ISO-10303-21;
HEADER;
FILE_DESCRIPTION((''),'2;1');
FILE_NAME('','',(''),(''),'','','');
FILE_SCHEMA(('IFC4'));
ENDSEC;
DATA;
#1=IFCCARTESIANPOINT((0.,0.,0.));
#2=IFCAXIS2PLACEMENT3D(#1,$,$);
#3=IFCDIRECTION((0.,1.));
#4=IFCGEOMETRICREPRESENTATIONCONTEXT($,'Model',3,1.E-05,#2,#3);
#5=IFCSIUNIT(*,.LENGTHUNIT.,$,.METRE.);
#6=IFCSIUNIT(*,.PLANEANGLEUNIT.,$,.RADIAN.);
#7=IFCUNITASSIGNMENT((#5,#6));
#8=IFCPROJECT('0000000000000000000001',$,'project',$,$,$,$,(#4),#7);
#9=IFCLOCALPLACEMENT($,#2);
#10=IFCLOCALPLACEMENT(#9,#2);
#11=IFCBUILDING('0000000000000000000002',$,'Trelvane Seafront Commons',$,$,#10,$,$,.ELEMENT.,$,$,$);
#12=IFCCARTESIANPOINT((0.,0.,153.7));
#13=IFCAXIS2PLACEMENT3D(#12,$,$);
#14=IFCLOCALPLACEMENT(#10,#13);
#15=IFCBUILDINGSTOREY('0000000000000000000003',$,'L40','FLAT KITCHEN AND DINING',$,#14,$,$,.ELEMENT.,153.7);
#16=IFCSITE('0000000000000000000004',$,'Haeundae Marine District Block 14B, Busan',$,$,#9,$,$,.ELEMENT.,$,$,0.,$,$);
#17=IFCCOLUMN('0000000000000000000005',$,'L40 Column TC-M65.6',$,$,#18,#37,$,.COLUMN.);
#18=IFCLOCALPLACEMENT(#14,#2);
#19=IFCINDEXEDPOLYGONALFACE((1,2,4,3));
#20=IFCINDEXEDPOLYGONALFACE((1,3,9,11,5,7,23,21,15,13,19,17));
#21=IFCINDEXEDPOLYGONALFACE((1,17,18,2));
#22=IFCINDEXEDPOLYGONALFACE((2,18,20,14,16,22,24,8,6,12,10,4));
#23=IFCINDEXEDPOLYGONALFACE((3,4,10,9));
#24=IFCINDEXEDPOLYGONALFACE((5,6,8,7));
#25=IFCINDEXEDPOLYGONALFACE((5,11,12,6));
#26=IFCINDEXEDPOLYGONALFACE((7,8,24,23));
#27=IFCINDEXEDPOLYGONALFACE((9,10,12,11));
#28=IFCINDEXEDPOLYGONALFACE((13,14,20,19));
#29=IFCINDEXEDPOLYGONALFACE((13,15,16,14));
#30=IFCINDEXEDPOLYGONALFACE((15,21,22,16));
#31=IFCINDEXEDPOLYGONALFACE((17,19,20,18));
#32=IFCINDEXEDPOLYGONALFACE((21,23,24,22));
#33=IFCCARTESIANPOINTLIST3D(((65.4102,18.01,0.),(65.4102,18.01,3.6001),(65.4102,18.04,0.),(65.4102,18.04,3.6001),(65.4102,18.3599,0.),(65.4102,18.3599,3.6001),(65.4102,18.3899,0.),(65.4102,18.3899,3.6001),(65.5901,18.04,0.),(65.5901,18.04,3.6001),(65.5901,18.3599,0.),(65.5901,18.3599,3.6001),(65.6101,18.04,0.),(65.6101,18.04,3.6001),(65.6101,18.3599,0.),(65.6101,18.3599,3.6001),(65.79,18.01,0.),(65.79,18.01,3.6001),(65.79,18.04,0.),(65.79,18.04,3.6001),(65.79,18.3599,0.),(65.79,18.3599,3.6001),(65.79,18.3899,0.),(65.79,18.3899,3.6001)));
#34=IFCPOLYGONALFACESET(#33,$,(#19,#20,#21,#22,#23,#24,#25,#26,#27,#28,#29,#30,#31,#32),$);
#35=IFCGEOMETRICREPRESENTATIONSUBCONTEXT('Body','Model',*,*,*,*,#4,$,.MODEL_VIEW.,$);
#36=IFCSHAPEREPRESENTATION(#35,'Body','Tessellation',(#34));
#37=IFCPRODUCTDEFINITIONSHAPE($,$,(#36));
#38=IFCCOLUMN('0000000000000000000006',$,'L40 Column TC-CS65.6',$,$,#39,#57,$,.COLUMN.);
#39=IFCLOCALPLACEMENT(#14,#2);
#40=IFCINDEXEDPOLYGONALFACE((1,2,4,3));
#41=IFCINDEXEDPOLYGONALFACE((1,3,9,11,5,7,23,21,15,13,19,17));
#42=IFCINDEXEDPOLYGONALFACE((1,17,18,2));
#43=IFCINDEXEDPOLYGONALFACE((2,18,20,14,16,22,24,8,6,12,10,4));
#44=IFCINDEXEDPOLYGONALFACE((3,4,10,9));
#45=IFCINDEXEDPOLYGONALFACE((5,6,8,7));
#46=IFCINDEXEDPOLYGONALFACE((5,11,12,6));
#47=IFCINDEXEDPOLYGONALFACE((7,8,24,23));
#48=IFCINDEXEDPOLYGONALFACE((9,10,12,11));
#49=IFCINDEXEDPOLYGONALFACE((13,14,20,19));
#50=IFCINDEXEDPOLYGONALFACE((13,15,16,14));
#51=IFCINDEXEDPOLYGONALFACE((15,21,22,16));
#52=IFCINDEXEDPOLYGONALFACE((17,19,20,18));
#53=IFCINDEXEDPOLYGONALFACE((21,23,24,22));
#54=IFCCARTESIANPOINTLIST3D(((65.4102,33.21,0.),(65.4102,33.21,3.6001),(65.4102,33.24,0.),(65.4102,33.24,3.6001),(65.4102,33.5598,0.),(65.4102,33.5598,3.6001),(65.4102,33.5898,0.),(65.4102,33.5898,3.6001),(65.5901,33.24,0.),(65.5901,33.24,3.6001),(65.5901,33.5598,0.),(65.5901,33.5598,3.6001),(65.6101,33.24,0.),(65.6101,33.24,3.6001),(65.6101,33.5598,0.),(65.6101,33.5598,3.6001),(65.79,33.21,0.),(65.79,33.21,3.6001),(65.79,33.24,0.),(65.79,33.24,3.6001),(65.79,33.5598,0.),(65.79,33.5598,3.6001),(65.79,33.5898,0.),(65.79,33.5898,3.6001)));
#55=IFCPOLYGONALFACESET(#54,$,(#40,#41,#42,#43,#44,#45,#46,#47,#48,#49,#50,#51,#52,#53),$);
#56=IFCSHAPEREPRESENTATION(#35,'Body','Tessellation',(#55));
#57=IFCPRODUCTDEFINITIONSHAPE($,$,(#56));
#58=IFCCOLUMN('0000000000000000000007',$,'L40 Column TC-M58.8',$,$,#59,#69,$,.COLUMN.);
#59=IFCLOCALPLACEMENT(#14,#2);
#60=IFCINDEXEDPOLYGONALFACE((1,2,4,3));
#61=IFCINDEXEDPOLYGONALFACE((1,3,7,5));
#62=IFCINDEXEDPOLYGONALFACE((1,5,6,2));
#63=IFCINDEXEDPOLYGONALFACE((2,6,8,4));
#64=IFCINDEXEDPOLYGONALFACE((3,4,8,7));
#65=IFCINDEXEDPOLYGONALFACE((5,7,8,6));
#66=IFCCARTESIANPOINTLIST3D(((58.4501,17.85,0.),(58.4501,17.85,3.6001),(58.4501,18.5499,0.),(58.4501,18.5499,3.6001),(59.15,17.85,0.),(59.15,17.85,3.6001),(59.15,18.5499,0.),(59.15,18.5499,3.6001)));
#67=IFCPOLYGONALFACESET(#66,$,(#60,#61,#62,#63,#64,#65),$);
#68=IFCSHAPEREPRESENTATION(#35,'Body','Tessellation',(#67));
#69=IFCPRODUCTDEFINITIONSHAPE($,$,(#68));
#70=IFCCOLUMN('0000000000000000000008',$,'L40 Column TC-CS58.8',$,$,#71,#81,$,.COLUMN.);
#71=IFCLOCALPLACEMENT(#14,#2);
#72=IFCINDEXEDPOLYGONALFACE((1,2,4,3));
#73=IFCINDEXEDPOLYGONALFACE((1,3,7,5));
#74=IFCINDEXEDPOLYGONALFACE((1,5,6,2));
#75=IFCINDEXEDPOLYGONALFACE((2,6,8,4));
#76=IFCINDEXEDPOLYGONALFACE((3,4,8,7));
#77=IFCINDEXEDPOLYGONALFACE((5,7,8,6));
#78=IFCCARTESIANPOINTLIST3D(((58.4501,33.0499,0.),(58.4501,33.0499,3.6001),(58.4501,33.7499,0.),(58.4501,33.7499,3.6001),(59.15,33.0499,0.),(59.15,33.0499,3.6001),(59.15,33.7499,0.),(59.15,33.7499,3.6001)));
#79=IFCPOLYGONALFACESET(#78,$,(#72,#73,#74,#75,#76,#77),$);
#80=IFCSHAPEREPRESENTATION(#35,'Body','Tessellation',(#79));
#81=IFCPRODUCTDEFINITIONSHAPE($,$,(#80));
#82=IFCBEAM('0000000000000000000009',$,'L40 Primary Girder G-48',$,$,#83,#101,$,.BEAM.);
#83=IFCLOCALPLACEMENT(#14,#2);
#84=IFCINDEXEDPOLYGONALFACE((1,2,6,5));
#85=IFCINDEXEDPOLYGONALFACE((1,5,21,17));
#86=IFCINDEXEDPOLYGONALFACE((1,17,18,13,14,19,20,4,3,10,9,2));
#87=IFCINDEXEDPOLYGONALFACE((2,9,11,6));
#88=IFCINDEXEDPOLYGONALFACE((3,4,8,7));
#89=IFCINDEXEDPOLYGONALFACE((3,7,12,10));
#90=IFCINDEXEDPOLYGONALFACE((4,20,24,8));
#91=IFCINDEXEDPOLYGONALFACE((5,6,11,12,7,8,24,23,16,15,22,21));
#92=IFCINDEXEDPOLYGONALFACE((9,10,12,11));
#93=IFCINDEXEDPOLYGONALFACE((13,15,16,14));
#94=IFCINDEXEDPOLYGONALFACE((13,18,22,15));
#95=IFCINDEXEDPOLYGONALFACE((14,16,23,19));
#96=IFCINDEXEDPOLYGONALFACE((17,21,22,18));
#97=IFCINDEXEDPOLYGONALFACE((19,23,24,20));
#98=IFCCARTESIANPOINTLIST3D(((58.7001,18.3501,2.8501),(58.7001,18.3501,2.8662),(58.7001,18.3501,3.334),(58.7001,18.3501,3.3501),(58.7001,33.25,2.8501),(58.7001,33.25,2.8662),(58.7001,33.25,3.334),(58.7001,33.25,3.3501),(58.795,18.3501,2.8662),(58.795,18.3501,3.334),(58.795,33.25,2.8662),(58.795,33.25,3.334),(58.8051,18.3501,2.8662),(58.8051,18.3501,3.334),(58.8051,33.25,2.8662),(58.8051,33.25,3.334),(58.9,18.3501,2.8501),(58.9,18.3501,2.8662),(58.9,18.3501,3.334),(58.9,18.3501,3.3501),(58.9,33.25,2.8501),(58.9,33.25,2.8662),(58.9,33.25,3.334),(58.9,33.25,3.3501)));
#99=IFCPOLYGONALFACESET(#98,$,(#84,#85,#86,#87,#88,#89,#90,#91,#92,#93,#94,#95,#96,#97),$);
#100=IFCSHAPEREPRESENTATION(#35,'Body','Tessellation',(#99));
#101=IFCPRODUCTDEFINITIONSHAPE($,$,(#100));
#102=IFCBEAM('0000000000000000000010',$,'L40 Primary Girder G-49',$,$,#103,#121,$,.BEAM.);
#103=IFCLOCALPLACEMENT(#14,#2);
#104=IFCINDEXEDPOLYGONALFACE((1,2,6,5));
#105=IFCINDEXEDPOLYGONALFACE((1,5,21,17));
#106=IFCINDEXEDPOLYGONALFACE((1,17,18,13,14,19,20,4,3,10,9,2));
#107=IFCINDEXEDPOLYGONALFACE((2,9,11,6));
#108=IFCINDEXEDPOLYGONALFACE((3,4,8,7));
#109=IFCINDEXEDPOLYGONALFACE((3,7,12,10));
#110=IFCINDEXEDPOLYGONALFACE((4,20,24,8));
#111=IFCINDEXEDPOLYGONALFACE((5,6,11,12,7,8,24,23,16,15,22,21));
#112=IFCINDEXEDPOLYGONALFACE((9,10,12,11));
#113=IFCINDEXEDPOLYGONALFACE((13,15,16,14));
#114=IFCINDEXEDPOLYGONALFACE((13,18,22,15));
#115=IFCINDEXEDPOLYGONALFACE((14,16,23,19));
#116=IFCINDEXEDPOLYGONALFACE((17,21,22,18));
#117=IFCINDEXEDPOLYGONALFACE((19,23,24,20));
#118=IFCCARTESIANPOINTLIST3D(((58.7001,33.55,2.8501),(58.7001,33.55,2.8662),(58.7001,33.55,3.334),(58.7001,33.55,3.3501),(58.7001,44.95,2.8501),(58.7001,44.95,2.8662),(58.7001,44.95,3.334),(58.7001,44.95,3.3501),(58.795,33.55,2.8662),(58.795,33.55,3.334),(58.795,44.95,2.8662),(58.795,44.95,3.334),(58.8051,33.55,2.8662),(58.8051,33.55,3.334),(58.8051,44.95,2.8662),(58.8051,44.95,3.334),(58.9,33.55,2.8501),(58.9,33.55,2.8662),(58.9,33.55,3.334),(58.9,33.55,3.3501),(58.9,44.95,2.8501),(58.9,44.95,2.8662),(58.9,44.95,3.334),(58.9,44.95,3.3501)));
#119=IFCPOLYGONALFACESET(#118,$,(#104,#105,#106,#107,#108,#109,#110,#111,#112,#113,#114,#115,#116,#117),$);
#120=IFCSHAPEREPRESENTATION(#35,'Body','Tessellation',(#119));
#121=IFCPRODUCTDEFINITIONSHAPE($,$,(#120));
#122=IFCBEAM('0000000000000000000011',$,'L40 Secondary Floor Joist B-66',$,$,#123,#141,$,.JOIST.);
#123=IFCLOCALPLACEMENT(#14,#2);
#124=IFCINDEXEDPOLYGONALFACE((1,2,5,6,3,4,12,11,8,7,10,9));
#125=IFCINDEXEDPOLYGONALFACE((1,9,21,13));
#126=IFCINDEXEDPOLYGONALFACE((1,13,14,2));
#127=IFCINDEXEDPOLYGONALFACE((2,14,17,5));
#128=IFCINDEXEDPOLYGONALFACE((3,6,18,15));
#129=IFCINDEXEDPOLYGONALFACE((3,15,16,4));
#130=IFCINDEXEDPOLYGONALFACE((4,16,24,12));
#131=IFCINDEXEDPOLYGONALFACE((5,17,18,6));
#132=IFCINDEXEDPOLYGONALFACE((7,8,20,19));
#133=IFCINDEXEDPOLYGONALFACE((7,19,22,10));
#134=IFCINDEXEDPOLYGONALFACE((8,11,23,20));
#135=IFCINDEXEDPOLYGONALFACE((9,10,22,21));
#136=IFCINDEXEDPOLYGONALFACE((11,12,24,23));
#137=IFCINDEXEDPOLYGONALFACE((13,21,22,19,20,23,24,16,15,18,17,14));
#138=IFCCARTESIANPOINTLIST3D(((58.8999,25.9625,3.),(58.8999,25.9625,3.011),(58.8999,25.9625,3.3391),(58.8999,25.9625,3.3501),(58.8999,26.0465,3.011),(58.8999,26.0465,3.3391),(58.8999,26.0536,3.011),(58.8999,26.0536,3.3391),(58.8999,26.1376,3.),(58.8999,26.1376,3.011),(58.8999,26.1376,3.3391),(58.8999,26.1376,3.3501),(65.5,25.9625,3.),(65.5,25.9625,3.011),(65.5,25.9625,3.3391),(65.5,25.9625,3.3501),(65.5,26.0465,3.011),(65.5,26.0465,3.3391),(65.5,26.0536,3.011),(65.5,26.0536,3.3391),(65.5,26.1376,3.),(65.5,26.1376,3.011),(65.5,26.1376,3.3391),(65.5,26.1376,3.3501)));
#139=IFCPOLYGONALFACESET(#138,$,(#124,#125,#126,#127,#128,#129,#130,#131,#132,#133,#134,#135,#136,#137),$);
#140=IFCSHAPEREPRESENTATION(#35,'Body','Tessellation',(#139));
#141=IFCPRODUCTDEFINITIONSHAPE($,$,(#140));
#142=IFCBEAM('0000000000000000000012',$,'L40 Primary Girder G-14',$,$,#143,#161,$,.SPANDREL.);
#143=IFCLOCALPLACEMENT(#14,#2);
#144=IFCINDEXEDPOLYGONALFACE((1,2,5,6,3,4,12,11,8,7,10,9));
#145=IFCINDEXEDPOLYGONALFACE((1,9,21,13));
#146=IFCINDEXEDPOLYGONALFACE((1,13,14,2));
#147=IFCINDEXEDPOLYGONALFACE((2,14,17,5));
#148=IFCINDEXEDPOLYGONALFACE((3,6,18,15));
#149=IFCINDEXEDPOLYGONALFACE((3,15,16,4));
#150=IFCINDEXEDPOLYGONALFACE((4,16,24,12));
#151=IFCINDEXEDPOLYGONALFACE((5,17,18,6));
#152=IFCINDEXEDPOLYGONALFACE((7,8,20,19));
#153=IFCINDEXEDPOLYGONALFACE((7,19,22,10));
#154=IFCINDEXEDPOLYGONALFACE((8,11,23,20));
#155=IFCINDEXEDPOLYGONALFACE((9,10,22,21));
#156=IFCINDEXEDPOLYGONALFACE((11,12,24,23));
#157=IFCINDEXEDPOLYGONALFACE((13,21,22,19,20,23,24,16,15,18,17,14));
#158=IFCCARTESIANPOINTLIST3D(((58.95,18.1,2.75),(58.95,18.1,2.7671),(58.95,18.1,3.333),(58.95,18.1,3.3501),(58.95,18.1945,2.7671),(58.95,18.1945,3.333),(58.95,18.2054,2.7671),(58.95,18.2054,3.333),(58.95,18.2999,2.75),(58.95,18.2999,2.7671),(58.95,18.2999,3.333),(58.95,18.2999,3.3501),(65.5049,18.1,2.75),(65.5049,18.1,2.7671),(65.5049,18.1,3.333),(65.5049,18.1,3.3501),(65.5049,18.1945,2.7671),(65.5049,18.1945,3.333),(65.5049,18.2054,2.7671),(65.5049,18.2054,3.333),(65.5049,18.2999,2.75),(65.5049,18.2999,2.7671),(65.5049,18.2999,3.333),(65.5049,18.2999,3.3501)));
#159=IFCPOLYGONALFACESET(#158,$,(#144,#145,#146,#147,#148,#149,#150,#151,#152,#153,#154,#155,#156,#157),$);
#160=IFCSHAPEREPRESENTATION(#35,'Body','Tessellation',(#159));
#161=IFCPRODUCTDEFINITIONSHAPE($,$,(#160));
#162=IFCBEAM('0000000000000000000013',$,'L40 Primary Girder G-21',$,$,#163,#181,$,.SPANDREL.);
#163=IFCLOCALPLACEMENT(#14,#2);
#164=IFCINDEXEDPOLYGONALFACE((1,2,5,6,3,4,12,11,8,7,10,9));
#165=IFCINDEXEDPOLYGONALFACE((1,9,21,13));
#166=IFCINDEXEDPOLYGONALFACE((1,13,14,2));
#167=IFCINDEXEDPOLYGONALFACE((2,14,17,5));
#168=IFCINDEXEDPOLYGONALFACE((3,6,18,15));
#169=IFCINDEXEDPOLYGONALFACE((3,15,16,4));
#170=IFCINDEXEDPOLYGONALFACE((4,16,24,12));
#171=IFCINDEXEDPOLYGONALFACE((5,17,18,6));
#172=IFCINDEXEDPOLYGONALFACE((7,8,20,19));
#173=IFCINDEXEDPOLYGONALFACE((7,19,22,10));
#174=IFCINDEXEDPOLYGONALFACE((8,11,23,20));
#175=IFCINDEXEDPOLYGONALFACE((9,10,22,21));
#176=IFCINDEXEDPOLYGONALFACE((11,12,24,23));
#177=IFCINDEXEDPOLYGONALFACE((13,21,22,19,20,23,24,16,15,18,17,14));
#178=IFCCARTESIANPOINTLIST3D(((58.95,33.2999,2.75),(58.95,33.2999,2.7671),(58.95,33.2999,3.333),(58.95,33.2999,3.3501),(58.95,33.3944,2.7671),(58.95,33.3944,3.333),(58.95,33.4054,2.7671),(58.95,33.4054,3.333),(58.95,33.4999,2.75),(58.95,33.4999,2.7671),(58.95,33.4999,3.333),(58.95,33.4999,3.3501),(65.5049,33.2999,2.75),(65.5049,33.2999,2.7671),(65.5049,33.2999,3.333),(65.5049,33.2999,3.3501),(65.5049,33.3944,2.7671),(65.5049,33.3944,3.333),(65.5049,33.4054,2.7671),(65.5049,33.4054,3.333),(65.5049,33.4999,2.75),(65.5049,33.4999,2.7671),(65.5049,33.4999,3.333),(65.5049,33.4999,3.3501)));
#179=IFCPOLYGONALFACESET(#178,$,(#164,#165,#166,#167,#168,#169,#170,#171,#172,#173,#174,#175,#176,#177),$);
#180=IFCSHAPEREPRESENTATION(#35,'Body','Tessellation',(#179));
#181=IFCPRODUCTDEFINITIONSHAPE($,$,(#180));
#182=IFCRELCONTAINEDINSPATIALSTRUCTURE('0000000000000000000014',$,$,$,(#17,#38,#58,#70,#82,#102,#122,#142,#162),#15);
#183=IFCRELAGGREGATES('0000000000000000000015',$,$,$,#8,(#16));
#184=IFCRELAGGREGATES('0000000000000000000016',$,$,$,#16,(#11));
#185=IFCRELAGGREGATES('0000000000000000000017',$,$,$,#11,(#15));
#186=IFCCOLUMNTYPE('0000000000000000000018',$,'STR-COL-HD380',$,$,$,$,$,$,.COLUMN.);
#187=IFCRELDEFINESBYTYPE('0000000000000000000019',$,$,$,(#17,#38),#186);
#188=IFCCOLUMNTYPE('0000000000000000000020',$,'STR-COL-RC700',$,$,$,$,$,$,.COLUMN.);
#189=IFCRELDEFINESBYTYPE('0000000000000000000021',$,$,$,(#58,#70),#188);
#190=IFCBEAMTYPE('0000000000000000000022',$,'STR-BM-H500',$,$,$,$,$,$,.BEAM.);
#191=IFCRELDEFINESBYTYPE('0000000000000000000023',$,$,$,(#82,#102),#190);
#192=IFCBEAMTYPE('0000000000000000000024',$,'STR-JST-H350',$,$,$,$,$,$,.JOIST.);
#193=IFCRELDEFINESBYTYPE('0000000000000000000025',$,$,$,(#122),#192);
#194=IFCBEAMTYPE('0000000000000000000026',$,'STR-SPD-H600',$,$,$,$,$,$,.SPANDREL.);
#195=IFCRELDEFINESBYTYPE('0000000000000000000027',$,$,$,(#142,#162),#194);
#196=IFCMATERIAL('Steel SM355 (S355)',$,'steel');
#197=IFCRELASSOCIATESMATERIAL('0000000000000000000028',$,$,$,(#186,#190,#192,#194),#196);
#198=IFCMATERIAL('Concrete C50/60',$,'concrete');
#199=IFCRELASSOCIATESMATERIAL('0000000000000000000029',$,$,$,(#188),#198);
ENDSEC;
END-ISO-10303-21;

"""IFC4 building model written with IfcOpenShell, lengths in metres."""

from ifc_helpers import new_model, si_unit, direction, frame, origin, origin_2d, place, context, subcontext, project, spatial, rectangle, i_section, extrude, source, transform, mapped, material, material_profile, profile_set, type_object, element, save


model = new_model("IFC4")

# Units and contexts
model_context = context("Model", 3, precision=1e-05, world=origin(), true_north=direction((0.0, 1.0)))
body_context = subcontext(model_context, "Body", "Model", "MODEL_VIEW")
ifc_project = project(units=[si_unit("LENGTHUNIT", "METRE"), si_unit("PLANEANGLEUNIT", "RADIAN")], contexts=[model_context])

# Site, building, storey
site_placement = place(None, origin())
site = spatial("IfcSite", under=ifc_project, at=site_placement, Name="Haeundae Marine District Block 14B, Busan", CompositionType="ELEMENT", RefElevation=0.0)
building_placement = place(site_placement, origin())
building = spatial("IfcBuilding", under=site, at=building_placement, Name="Trelvane Seafront Commons", CompositionType="ELEMENT")
storey_placement = place(building_placement, frame((0.0, 0.0, 153.7)))
storey = spatial("IfcBuildingStorey", under=building, at=storey_placement, Name="L40", Description="FLAT KITCHEN AND DINING", CompositionType="ELEMENT", Elevation=153.7)

# Columns
ifc_material_1 = material(Name="Steel SM355 (S355)", Category="steel")
ifc_material_profile_1 = material_profile(ifc_material_1, i_section(OverallWidth=0.3799, OverallDepth=0.3799, WebThickness=0.02, FlangeThickness=0.03, at=origin_2d()), Name="HD-380x380x20x30")
ifc_profile_set_1 = profile_set([ifc_material_profile_1], Name="Steel SM355 (S355)")
column_type_1 = type_object("IfcColumnType", Name="STR-COL-HD380", PredefinedType="COLUMN", material=ifc_profile_set_1)
shared_shape_1 = source(origin(), body_context, "Body", "SweptSolid", [
    extrude(i_section(OverallWidth=0.3799, OverallDepth=0.3799, WebThickness=0.02, FlangeThickness=0.03, at=origin_2d()), origin(), (0.0, 0.0, 1.0), 3.6001),
])
for number, where, z_axis, x_axis, name in (
    (1, (65.6001, 18.2, 0.0), (0.0, 0.0, 1.0), (1.0, 0.0, 0.0), "L40 Column TC-M65.6"),
    (2, (65.6001, 33.3999, 0.0), (0.0, 0.0, 1.0), (1.0, 0.0, 0.0), "L40 Column TC-CS65.6"),
):
    element("IfcColumn", number, at=place(storey_placement, frame(where, z_axis=z_axis, x_axis=x_axis)), inside=storey, type_object=column_type_1, Name=name, PredefinedType="COLUMN", context=body_context, shape_type="MappedRepresentation", body=[
        mapped(shared_shape_1, transform((0.0, 0.0, 0.0), x_axis=(1.0, 0.0, 0.0), y_axis=(0.0, 1.0, 0.0), z_axis=(0.0, 0.0, 1.0), scale=1.0)),
    ])
ifc_material_2 = material(Name="Concrete C50/60", Category="concrete")
ifc_material_profile_2 = material_profile(ifc_material_2, rectangle(XDim=0.7, YDim=0.7, at=origin_2d()), Name="RC-700x700")
ifc_profile_set_2 = profile_set([ifc_material_profile_2], Name="Concrete C50/60")
column_type_2 = type_object("IfcColumnType", Name="STR-COL-RC700", PredefinedType="COLUMN", material=ifc_profile_set_2)
shared_shape_2 = source(origin(), body_context, "Body", "SweptSolid", [
    extrude(rectangle(XDim=0.7, YDim=0.7, at=origin_2d()), origin(), (0.0, 0.0, 1.0), 3.6001),
])
for number, where, z_axis, x_axis, name in (
    (3, (58.8, 18.2, 0.0), (0.0, 0.0, 1.0), (1.0, 0.0, 0.0), "L40 Column TC-M58.8"),
    (4, (58.8, 33.3999, 0.0), (0.0, 0.0, 1.0), (1.0, 0.0, 0.0), "L40 Column TC-CS58.8"),
):
    element("IfcColumn", number, at=place(storey_placement, frame(where, z_axis=z_axis, x_axis=x_axis)), inside=storey, type_object=column_type_2, Name=name, PredefinedType="COLUMN", context=body_context, shape_type="MappedRepresentation", body=[
        mapped(shared_shape_2, transform((0.0, 0.0, 0.0), x_axis=(1.0, 0.0, 0.0), y_axis=(0.0, 1.0, 0.0), z_axis=(0.0, 0.0, 1.0), scale=1.0)),
    ])

# Beams
ifc_material_profile_3 = material_profile(ifc_material_1, i_section(OverallWidth=0.2, OverallDepth=0.5, WebThickness=0.01, FlangeThickness=0.0161, at=origin_2d()), Name="H-500x200x10x16")
ifc_profile_set_3 = profile_set([ifc_material_profile_3], Name="Steel SM355 (S355)")
beam_type_1 = type_object("IfcBeamType", Name="STR-BM-H500", PredefinedType="BEAM", material=ifc_profile_set_3)
shared_shape_3 = source(origin(), body_context, "Body", "SweptSolid", [
    extrude(i_section(OverallWidth=0.2, OverallDepth=0.5, WebThickness=0.01, FlangeThickness=0.0161, at=origin_2d()), origin(), (0.0, 0.0, 1.0), 14.8999),
])
beam_1_placement = place(storey_placement, frame((58.8, 18.3501, 3.1001), z_axis=(0.0, 1.0, 0.0), x_axis=(-1.0, 0.0, 0.0)))
element("IfcBeam", 5, at=beam_1_placement, inside=storey, type_object=beam_type_1, Name="L40 Primary Girder G-48", PredefinedType="BEAM", context=body_context, shape_type="MappedRepresentation", body=[
    mapped(shared_shape_3, transform((0.0, 0.0, 0.0), x_axis=(1.0, 0.0, 0.0), y_axis=(0.0, 1.0, 0.0), z_axis=(0.0, 0.0, 1.0), scale=1.0)),
])
shared_shape_4 = source(origin(), body_context, "Body", "SweptSolid", [
    extrude(i_section(OverallWidth=0.2, OverallDepth=0.5, WebThickness=0.01, FlangeThickness=0.0161, at=origin_2d()), origin(), (0.0, 0.0, 1.0), 11.3999),
])
beam_2_placement = place(storey_placement, frame((58.8, 33.55, 3.1001), z_axis=(0.0, 1.0, 0.0), x_axis=(-1.0, 0.0, 0.0)))
element("IfcBeam", 6, at=beam_2_placement, inside=storey, type_object=beam_type_1, Name="L40 Primary Girder G-49", PredefinedType="BEAM", context=body_context, shape_type="MappedRepresentation", body=[
    mapped(shared_shape_4, transform((0.0, 0.0, 0.0), x_axis=(1.0, 0.0, 0.0), y_axis=(0.0, 1.0, 0.0), z_axis=(0.0, 0.0, 1.0), scale=1.0)),
])
ifc_material_profile_4 = material_profile(ifc_material_1, i_section(OverallWidth=0.175, OverallDepth=0.3501, WebThickness=0.0071, FlangeThickness=0.011, at=origin_2d()), Name="H-350x175x7x11")
ifc_profile_set_4 = profile_set([ifc_material_profile_4], Name="Steel SM355 (S355)")
beam_type_2 = type_object("IfcBeamType", Name="STR-JST-H350", PredefinedType="JOIST", material=ifc_profile_set_4)
shared_shape_5 = source(origin(), body_context, "Body", "SweptSolid", [
    extrude(i_section(OverallWidth=0.175, OverallDepth=0.3501, WebThickness=0.0071, FlangeThickness=0.011, at=origin_2d()), origin(), (0.0, 0.0, 1.0), 6.6001),
])
beam_3_placement = place(storey_placement, frame((58.8999, 26.05, 3.175), z_axis=(1.0, 0.0, 0.0), x_axis=(0.0, 1.0, 0.0)))
element("IfcBeam", 7, at=beam_3_placement, inside=storey, type_object=beam_type_2, Name="L40 Secondary Floor Joist B-66", PredefinedType="JOIST", context=body_context, shape_type="MappedRepresentation", body=[
    mapped(shared_shape_5, transform((0.0, 0.0, 0.0), x_axis=(1.0, 0.0, 0.0), y_axis=(0.0, 1.0, 0.0), z_axis=(0.0, 0.0, 1.0), scale=1.0)),
])
ifc_material_profile_5 = material_profile(ifc_material_1, i_section(OverallWidth=0.2, OverallDepth=0.6001, WebThickness=0.011, FlangeThickness=0.0171, at=origin_2d()), Name="H-600x200x11x17")
ifc_profile_set_5 = profile_set([ifc_material_profile_5], Name="Steel SM355 (S355)")
beam_type_3 = type_object("IfcBeamType", Name="STR-SPD-H600", PredefinedType="SPANDREL", material=ifc_profile_set_5)
shared_shape_6 = source(origin(), body_context, "Body", "SweptSolid", [
    extrude(i_section(OverallWidth=0.2, OverallDepth=0.6001, WebThickness=0.011, FlangeThickness=0.0171, at=origin_2d()), origin(), (0.0, 0.0, 1.0), 6.5549),
])
for number, where, z_axis, x_axis, name in (
    (8, (58.95, 18.2, 3.05), (1.0, 0.0, 0.0), (0.0, 1.0, 0.0), "L40 Primary Girder G-14"),
    (9, (58.95, 33.3999, 3.05), (1.0, 0.0, 0.0), (0.0, 1.0, 0.0), "L40 Primary Girder G-21"),
):
    element("IfcBeam", number, at=place(storey_placement, frame(where, z_axis=z_axis, x_axis=x_axis)), inside=storey, type_object=beam_type_3, Name=name, PredefinedType="SPANDREL", context=body_context, shape_type="MappedRepresentation", body=[
        mapped(shared_shape_6, transform((0.0, 0.0, 0.0), x_axis=(1.0, 0.0, 0.0), y_axis=(0.0, 1.0, 0.0), z_axis=(0.0, 0.0, 1.0), scale=1.0)),
    ])

save(model, "model.ifc")
